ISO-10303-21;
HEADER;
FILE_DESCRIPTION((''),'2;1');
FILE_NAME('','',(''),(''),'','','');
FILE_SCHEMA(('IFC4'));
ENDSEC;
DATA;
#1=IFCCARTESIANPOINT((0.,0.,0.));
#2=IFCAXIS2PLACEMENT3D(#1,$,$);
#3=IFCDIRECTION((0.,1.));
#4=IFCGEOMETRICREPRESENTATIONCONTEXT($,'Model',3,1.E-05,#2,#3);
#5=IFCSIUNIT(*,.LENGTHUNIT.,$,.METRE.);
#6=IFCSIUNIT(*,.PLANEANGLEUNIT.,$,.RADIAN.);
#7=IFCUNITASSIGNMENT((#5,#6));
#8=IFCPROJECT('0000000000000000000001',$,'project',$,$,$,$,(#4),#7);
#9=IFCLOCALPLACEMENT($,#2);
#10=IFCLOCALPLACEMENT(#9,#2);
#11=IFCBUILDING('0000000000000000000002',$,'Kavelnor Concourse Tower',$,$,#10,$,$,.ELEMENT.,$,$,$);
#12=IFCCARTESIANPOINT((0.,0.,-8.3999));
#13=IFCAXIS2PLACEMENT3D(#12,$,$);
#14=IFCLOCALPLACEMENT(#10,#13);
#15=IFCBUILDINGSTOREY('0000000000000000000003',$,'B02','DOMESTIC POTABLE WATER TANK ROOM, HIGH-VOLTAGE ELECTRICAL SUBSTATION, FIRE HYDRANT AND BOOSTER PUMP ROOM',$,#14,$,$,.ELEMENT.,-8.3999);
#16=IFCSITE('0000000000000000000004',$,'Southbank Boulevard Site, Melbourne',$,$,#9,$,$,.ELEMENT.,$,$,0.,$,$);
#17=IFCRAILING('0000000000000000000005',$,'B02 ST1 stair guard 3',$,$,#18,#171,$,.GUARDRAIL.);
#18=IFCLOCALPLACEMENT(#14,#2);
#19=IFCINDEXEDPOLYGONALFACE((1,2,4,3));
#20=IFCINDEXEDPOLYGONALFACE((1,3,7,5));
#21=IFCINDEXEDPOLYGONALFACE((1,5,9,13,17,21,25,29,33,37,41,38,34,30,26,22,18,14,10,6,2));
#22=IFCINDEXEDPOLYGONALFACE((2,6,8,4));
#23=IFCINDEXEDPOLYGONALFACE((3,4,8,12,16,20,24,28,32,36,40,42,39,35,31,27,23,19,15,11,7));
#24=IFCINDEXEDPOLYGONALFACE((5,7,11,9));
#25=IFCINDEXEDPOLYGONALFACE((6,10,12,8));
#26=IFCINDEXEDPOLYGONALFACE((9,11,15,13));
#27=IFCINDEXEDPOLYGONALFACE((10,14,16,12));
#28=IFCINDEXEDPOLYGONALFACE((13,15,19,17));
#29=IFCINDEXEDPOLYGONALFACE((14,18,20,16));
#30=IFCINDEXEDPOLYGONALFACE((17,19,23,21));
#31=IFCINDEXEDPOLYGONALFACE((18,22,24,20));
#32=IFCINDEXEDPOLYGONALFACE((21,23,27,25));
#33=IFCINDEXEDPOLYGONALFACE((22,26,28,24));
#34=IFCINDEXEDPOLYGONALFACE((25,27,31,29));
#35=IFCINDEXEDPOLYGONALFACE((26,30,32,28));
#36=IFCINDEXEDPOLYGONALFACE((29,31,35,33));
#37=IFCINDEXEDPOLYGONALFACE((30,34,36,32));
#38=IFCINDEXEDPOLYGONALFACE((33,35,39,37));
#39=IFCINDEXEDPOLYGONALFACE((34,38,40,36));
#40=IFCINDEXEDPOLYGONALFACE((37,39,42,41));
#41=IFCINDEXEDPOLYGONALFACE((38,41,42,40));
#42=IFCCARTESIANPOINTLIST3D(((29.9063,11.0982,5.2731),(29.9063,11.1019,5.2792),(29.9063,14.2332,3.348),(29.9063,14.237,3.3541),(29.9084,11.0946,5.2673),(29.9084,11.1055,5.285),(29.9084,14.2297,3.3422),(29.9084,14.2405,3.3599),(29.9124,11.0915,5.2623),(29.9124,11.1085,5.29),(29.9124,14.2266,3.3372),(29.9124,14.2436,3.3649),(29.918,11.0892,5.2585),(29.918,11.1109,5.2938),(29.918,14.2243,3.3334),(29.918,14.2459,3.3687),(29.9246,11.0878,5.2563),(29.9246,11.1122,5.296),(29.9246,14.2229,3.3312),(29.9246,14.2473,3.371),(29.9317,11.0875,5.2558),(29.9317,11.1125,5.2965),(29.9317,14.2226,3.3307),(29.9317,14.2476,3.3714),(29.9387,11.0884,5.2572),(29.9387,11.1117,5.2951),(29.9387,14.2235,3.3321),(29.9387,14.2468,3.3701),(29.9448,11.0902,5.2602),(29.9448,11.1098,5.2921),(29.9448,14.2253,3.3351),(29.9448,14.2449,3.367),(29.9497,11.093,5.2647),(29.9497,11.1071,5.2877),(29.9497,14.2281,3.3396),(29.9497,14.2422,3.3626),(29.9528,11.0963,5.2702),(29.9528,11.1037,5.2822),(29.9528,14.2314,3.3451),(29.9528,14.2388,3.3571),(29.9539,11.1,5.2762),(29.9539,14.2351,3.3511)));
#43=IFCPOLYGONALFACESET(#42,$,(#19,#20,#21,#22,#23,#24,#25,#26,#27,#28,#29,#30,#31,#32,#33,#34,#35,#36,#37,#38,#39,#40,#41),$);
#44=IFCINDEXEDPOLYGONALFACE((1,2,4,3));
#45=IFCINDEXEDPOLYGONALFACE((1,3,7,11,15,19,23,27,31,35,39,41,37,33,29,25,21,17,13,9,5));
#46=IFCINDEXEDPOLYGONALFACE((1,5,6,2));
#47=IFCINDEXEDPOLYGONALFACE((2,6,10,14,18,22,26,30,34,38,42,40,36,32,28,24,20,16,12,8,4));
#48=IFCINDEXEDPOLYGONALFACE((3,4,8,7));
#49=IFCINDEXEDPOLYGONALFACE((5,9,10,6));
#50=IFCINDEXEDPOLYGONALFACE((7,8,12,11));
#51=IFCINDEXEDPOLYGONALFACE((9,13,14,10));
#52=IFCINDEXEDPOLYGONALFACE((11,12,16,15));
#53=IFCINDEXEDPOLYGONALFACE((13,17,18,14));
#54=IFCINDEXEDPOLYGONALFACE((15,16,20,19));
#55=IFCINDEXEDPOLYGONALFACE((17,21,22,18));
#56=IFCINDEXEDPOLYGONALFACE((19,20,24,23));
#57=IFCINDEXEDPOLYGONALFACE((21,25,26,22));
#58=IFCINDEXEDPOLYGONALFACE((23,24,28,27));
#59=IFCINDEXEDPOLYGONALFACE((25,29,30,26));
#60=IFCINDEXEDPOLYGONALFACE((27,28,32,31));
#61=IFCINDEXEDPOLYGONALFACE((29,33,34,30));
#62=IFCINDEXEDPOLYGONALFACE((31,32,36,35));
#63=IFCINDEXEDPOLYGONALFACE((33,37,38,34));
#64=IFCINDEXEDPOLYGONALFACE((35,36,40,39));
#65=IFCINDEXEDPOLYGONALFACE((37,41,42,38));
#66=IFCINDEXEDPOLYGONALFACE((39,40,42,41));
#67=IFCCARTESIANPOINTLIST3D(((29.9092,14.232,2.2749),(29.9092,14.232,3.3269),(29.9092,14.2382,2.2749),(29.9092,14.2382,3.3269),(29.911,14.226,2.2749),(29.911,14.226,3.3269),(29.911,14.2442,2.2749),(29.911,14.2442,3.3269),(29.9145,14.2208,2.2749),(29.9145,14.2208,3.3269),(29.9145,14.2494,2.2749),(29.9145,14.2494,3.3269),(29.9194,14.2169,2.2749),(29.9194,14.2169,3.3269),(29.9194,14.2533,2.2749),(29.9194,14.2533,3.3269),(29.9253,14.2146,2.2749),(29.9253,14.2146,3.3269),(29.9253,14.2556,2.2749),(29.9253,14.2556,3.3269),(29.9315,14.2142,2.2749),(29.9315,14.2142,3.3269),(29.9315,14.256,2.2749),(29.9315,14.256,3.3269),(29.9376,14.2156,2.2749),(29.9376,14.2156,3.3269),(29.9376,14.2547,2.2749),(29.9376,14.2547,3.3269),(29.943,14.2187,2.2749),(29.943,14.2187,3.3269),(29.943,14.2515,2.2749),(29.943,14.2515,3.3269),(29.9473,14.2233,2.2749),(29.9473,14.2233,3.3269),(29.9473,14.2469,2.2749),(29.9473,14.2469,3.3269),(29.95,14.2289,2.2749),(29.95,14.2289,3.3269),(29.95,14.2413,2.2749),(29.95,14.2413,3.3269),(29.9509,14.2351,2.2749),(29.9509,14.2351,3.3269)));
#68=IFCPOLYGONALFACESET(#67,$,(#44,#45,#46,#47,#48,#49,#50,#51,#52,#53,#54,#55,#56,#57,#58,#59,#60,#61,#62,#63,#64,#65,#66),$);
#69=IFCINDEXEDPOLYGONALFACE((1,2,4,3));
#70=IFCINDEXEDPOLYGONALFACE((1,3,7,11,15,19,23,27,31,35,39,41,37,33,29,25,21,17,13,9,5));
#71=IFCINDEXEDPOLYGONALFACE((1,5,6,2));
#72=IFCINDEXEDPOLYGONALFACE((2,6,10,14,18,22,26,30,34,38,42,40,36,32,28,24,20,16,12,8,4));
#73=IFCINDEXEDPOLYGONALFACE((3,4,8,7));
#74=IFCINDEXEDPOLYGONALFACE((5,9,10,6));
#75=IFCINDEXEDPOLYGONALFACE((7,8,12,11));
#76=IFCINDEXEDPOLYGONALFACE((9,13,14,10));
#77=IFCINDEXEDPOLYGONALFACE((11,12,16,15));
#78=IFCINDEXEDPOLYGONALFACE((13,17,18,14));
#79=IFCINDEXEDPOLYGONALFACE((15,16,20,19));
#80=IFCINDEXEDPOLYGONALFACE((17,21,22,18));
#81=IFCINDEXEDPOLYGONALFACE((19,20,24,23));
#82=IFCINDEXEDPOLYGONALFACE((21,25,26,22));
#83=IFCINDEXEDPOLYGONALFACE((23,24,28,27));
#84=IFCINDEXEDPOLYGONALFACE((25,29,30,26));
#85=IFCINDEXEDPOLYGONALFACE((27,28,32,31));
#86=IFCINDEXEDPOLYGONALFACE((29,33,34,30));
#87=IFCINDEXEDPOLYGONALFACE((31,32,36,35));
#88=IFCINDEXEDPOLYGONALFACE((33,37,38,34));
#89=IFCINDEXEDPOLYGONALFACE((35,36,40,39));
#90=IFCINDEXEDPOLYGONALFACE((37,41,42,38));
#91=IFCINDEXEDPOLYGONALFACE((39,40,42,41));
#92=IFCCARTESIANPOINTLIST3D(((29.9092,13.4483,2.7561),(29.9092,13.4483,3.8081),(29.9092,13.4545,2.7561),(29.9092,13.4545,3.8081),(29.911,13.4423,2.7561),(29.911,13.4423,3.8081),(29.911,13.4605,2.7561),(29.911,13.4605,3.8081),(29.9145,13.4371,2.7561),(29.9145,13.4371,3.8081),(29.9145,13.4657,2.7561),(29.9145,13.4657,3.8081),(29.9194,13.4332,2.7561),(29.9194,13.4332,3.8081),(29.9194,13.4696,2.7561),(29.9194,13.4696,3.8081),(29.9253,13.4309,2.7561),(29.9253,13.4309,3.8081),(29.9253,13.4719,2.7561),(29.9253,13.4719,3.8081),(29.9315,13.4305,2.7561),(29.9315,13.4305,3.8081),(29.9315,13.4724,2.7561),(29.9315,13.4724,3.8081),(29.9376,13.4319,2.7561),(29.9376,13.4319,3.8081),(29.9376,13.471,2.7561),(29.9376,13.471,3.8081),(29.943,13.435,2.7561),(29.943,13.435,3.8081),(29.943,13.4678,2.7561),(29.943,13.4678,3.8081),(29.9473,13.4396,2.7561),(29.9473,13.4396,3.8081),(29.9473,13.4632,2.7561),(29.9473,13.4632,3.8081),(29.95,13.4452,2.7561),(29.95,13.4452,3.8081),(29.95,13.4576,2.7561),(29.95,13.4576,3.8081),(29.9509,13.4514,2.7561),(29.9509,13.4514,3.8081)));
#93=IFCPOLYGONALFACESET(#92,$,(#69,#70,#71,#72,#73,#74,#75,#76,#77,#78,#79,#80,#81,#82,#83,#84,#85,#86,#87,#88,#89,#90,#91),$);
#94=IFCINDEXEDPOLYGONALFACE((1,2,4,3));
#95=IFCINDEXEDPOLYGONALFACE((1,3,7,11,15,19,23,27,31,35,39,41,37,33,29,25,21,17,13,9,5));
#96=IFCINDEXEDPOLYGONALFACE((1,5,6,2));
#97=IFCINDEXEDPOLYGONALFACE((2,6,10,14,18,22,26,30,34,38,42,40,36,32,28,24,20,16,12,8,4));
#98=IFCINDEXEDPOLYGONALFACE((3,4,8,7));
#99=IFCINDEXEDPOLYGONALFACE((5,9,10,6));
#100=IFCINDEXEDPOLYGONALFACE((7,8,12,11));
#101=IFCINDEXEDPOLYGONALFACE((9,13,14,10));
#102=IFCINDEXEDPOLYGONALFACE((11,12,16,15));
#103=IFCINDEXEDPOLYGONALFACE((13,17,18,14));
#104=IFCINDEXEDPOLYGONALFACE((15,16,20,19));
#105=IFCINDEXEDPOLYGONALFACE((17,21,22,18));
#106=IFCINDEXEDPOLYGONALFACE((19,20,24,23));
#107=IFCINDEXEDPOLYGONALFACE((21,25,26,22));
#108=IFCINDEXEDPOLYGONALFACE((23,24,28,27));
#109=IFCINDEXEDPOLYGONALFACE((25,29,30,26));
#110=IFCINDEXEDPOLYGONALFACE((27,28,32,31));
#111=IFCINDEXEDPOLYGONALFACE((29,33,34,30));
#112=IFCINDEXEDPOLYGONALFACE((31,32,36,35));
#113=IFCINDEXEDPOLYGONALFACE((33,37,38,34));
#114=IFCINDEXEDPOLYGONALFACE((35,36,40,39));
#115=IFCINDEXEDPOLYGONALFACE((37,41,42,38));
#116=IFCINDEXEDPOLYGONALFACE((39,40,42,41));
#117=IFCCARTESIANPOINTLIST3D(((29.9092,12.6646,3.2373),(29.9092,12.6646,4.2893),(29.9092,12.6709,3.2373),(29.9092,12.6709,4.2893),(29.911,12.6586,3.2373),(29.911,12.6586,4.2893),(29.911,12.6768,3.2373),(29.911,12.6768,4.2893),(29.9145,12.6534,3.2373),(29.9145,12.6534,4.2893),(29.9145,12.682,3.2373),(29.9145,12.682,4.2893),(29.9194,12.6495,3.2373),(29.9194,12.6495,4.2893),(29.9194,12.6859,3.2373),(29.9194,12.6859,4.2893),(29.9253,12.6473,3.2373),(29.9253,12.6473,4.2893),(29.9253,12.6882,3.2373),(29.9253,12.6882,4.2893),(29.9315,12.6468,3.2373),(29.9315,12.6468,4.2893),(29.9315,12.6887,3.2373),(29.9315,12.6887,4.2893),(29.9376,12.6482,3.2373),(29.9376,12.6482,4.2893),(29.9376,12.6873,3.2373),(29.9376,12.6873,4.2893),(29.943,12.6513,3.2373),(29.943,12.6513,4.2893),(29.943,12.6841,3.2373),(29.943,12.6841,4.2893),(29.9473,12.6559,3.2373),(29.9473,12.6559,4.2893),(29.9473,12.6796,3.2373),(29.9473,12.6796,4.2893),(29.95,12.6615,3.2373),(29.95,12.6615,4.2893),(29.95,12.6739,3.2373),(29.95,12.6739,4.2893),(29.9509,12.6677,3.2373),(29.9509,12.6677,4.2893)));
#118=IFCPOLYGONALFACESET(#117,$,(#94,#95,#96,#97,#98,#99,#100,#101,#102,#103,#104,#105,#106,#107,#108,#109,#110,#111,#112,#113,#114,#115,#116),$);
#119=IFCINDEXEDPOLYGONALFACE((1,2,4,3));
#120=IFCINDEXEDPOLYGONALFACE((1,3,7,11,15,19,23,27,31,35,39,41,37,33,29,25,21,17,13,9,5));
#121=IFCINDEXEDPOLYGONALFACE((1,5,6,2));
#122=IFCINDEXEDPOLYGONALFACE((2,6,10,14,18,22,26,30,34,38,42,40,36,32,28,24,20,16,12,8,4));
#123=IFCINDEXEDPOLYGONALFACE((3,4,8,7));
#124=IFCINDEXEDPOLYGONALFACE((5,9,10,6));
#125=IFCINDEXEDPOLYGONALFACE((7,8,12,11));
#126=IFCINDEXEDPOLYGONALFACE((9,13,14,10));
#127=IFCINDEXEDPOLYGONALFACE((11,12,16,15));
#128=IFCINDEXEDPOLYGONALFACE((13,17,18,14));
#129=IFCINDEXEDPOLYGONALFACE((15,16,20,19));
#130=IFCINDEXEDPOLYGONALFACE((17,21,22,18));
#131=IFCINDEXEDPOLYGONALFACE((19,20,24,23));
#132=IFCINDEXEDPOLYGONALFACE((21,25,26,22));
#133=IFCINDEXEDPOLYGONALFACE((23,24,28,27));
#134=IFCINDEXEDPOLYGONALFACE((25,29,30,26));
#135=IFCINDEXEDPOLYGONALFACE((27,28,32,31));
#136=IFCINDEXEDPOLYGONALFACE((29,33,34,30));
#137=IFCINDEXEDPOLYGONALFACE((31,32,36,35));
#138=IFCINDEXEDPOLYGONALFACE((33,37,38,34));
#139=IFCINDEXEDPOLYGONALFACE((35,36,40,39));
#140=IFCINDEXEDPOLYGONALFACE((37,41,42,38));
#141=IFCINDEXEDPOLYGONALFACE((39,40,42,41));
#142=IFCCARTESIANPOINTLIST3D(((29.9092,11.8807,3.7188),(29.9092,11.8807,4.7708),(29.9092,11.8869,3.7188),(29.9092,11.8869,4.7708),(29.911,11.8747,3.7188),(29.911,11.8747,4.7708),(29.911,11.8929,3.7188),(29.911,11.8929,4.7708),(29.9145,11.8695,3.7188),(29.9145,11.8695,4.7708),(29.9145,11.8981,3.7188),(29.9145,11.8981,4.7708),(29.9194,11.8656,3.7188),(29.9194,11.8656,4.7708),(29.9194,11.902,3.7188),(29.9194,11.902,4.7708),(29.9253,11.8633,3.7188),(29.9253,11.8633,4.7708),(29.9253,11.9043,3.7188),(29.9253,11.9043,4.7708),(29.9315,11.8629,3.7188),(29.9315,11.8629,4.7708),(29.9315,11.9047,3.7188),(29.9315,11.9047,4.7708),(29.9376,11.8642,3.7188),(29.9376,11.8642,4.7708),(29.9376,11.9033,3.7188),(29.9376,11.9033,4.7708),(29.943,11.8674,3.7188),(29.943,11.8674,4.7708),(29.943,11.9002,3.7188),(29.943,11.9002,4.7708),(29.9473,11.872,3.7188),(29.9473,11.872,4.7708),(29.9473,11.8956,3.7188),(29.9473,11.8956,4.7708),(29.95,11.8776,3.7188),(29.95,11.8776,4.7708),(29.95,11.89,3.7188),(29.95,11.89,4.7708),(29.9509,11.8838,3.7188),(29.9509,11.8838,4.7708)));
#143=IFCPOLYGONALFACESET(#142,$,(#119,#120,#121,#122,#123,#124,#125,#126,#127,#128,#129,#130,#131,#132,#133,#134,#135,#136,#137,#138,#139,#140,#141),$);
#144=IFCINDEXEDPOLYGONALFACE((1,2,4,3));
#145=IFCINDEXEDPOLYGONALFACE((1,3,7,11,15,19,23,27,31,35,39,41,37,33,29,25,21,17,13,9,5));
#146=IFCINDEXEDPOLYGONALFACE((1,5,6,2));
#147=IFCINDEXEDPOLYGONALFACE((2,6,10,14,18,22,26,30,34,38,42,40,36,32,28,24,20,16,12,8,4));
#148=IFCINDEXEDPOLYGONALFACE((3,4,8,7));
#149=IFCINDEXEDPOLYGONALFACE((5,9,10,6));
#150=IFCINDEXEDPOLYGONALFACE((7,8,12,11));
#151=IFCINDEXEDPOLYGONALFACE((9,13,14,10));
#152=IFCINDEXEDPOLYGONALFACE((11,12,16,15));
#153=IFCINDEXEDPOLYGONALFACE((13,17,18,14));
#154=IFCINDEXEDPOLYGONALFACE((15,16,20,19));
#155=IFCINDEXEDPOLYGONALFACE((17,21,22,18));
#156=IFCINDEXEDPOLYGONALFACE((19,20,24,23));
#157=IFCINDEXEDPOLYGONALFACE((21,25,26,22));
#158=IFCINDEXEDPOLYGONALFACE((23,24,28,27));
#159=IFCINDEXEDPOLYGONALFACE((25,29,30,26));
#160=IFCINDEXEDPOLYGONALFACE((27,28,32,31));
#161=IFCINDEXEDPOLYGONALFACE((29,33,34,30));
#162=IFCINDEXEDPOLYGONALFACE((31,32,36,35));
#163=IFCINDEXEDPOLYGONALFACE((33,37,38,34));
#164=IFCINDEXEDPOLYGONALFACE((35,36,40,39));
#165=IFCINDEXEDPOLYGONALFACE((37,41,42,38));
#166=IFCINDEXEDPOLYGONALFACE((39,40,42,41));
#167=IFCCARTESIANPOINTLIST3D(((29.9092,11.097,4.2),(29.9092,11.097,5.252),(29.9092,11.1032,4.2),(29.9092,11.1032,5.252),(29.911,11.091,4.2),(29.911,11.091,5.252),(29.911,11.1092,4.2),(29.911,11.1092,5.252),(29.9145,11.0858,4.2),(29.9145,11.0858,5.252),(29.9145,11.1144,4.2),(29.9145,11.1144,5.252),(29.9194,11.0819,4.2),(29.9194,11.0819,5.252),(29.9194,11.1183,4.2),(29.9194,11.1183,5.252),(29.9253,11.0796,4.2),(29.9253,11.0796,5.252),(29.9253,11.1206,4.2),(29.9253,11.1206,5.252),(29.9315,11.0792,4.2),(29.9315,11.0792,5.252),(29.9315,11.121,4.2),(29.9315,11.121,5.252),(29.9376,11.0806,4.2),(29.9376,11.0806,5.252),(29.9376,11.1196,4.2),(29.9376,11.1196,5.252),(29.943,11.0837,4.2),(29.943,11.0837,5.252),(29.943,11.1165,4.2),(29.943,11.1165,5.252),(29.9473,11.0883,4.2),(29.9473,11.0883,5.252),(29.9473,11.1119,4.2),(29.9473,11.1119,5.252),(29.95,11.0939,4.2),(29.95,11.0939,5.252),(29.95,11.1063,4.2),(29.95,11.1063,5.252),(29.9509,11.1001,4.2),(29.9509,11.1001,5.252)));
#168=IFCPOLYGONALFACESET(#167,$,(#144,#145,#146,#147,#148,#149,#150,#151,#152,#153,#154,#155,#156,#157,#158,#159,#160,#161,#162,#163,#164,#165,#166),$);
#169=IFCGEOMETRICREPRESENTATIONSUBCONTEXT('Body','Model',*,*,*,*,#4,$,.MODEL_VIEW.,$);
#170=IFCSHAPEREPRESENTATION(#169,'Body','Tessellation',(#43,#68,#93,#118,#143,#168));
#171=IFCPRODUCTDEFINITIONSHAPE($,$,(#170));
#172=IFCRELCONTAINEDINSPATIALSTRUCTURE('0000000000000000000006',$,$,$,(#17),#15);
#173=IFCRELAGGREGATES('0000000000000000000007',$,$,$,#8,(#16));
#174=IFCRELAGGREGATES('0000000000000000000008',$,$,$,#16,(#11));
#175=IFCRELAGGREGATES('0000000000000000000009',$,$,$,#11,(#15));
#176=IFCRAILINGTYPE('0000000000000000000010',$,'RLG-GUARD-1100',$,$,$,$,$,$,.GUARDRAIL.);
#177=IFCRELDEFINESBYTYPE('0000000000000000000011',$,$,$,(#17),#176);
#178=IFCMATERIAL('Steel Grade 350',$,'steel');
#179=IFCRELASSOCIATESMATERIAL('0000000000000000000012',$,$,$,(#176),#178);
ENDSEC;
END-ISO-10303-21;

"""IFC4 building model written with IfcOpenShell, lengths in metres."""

from ifc_helpers import new_model, si_unit, direction, frame, origin, origin_2d, place, context, subcontext, project, spatial, circle, extrude, material, type_object, element, save


model = new_model("IFC4")

# Units and contexts
model_context = context("Model", 3, precision=1e-05, world=origin(), true_north=direction((0.0, 1.0)))
body_context = subcontext(model_context, "Body", "Model", "MODEL_VIEW")
ifc_project = project(units=[si_unit("LENGTHUNIT", "METRE"), si_unit("PLANEANGLEUNIT", "RADIAN")], contexts=[model_context])

# Site, building, storey
site_placement = place(None, origin())
site = spatial("IfcSite", under=ifc_project, at=site_placement, Name="Southbank Boulevard Site, Melbourne", CompositionType="ELEMENT", RefElevation=0.0)
building_placement = place(site_placement, origin())
building = spatial("IfcBuilding", under=site, at=building_placement, Name="Kavelnor Concourse Tower", CompositionType="ELEMENT")
storey_placement = place(building_placement, frame((0.0, 0.0, -8.3999)))
storey = spatial("IfcBuildingStorey", under=building, at=storey_placement, Name="B02", Description="DOMESTIC POTABLE WATER TANK ROOM, HIGH-VOLTAGE ELECTRICAL SUBSTATION, FIRE HYDRANT AND BOOSTER PUMP ROOM", CompositionType="ELEMENT", Elevation=-8.3999)

# Shared definitions
ifc_material_1 = material(Name="Steel Grade 350", Category="steel")

# Railing
railing_type_1 = type_object("IfcRailingType", Name="RLG-GUARD-1100", PredefinedType="GUARDRAIL", material=ifc_material_1)
railing_1_placement = place(storey_placement, frame((29.9299, 14.2351, 2.2749)))
element("IfcRailing", 1, at=railing_1_placement, inside=storey, type_object=railing_type_1, Name="B02 ST1 stair guard 3", PredefinedType="GUARDRAIL", context=body_context, shape_type="SweptSolid", body=[
    extrude(circle(Radius=0.0239, at=origin_2d()), frame((0.0, 0.0, 1.0762), z_axis=(0.0, -0.852166, 0.523271), x_axis=(1.0, 0.0, 0.0)), (0.0, 0.0, 1.0), 3.679),
    extrude(circle(Radius=0.021, at=origin_2d()), origin(), (0.0, 0.0, 1.0), 1.052),
    extrude(circle(Radius=0.021, at=origin_2d()), frame((0.0, -0.7837, 0.4812)), (0.0, 0.0, 1.0), 1.052),
    extrude(circle(Radius=0.021, at=origin_2d()), frame((0.0, -1.5674, 0.9624)), (0.0, 0.0, 1.0), 1.052),
    extrude(circle(Radius=0.021, at=origin_2d()), frame((0.0, -2.3513, 1.4438)), (0.0, 0.0, 1.0), 1.052),
    extrude(circle(Radius=0.021, at=origin_2d()), frame((0.0, -3.135, 1.925)), (0.0, 0.0, 1.0), 1.052),
])

save(model, "model.ifc")
